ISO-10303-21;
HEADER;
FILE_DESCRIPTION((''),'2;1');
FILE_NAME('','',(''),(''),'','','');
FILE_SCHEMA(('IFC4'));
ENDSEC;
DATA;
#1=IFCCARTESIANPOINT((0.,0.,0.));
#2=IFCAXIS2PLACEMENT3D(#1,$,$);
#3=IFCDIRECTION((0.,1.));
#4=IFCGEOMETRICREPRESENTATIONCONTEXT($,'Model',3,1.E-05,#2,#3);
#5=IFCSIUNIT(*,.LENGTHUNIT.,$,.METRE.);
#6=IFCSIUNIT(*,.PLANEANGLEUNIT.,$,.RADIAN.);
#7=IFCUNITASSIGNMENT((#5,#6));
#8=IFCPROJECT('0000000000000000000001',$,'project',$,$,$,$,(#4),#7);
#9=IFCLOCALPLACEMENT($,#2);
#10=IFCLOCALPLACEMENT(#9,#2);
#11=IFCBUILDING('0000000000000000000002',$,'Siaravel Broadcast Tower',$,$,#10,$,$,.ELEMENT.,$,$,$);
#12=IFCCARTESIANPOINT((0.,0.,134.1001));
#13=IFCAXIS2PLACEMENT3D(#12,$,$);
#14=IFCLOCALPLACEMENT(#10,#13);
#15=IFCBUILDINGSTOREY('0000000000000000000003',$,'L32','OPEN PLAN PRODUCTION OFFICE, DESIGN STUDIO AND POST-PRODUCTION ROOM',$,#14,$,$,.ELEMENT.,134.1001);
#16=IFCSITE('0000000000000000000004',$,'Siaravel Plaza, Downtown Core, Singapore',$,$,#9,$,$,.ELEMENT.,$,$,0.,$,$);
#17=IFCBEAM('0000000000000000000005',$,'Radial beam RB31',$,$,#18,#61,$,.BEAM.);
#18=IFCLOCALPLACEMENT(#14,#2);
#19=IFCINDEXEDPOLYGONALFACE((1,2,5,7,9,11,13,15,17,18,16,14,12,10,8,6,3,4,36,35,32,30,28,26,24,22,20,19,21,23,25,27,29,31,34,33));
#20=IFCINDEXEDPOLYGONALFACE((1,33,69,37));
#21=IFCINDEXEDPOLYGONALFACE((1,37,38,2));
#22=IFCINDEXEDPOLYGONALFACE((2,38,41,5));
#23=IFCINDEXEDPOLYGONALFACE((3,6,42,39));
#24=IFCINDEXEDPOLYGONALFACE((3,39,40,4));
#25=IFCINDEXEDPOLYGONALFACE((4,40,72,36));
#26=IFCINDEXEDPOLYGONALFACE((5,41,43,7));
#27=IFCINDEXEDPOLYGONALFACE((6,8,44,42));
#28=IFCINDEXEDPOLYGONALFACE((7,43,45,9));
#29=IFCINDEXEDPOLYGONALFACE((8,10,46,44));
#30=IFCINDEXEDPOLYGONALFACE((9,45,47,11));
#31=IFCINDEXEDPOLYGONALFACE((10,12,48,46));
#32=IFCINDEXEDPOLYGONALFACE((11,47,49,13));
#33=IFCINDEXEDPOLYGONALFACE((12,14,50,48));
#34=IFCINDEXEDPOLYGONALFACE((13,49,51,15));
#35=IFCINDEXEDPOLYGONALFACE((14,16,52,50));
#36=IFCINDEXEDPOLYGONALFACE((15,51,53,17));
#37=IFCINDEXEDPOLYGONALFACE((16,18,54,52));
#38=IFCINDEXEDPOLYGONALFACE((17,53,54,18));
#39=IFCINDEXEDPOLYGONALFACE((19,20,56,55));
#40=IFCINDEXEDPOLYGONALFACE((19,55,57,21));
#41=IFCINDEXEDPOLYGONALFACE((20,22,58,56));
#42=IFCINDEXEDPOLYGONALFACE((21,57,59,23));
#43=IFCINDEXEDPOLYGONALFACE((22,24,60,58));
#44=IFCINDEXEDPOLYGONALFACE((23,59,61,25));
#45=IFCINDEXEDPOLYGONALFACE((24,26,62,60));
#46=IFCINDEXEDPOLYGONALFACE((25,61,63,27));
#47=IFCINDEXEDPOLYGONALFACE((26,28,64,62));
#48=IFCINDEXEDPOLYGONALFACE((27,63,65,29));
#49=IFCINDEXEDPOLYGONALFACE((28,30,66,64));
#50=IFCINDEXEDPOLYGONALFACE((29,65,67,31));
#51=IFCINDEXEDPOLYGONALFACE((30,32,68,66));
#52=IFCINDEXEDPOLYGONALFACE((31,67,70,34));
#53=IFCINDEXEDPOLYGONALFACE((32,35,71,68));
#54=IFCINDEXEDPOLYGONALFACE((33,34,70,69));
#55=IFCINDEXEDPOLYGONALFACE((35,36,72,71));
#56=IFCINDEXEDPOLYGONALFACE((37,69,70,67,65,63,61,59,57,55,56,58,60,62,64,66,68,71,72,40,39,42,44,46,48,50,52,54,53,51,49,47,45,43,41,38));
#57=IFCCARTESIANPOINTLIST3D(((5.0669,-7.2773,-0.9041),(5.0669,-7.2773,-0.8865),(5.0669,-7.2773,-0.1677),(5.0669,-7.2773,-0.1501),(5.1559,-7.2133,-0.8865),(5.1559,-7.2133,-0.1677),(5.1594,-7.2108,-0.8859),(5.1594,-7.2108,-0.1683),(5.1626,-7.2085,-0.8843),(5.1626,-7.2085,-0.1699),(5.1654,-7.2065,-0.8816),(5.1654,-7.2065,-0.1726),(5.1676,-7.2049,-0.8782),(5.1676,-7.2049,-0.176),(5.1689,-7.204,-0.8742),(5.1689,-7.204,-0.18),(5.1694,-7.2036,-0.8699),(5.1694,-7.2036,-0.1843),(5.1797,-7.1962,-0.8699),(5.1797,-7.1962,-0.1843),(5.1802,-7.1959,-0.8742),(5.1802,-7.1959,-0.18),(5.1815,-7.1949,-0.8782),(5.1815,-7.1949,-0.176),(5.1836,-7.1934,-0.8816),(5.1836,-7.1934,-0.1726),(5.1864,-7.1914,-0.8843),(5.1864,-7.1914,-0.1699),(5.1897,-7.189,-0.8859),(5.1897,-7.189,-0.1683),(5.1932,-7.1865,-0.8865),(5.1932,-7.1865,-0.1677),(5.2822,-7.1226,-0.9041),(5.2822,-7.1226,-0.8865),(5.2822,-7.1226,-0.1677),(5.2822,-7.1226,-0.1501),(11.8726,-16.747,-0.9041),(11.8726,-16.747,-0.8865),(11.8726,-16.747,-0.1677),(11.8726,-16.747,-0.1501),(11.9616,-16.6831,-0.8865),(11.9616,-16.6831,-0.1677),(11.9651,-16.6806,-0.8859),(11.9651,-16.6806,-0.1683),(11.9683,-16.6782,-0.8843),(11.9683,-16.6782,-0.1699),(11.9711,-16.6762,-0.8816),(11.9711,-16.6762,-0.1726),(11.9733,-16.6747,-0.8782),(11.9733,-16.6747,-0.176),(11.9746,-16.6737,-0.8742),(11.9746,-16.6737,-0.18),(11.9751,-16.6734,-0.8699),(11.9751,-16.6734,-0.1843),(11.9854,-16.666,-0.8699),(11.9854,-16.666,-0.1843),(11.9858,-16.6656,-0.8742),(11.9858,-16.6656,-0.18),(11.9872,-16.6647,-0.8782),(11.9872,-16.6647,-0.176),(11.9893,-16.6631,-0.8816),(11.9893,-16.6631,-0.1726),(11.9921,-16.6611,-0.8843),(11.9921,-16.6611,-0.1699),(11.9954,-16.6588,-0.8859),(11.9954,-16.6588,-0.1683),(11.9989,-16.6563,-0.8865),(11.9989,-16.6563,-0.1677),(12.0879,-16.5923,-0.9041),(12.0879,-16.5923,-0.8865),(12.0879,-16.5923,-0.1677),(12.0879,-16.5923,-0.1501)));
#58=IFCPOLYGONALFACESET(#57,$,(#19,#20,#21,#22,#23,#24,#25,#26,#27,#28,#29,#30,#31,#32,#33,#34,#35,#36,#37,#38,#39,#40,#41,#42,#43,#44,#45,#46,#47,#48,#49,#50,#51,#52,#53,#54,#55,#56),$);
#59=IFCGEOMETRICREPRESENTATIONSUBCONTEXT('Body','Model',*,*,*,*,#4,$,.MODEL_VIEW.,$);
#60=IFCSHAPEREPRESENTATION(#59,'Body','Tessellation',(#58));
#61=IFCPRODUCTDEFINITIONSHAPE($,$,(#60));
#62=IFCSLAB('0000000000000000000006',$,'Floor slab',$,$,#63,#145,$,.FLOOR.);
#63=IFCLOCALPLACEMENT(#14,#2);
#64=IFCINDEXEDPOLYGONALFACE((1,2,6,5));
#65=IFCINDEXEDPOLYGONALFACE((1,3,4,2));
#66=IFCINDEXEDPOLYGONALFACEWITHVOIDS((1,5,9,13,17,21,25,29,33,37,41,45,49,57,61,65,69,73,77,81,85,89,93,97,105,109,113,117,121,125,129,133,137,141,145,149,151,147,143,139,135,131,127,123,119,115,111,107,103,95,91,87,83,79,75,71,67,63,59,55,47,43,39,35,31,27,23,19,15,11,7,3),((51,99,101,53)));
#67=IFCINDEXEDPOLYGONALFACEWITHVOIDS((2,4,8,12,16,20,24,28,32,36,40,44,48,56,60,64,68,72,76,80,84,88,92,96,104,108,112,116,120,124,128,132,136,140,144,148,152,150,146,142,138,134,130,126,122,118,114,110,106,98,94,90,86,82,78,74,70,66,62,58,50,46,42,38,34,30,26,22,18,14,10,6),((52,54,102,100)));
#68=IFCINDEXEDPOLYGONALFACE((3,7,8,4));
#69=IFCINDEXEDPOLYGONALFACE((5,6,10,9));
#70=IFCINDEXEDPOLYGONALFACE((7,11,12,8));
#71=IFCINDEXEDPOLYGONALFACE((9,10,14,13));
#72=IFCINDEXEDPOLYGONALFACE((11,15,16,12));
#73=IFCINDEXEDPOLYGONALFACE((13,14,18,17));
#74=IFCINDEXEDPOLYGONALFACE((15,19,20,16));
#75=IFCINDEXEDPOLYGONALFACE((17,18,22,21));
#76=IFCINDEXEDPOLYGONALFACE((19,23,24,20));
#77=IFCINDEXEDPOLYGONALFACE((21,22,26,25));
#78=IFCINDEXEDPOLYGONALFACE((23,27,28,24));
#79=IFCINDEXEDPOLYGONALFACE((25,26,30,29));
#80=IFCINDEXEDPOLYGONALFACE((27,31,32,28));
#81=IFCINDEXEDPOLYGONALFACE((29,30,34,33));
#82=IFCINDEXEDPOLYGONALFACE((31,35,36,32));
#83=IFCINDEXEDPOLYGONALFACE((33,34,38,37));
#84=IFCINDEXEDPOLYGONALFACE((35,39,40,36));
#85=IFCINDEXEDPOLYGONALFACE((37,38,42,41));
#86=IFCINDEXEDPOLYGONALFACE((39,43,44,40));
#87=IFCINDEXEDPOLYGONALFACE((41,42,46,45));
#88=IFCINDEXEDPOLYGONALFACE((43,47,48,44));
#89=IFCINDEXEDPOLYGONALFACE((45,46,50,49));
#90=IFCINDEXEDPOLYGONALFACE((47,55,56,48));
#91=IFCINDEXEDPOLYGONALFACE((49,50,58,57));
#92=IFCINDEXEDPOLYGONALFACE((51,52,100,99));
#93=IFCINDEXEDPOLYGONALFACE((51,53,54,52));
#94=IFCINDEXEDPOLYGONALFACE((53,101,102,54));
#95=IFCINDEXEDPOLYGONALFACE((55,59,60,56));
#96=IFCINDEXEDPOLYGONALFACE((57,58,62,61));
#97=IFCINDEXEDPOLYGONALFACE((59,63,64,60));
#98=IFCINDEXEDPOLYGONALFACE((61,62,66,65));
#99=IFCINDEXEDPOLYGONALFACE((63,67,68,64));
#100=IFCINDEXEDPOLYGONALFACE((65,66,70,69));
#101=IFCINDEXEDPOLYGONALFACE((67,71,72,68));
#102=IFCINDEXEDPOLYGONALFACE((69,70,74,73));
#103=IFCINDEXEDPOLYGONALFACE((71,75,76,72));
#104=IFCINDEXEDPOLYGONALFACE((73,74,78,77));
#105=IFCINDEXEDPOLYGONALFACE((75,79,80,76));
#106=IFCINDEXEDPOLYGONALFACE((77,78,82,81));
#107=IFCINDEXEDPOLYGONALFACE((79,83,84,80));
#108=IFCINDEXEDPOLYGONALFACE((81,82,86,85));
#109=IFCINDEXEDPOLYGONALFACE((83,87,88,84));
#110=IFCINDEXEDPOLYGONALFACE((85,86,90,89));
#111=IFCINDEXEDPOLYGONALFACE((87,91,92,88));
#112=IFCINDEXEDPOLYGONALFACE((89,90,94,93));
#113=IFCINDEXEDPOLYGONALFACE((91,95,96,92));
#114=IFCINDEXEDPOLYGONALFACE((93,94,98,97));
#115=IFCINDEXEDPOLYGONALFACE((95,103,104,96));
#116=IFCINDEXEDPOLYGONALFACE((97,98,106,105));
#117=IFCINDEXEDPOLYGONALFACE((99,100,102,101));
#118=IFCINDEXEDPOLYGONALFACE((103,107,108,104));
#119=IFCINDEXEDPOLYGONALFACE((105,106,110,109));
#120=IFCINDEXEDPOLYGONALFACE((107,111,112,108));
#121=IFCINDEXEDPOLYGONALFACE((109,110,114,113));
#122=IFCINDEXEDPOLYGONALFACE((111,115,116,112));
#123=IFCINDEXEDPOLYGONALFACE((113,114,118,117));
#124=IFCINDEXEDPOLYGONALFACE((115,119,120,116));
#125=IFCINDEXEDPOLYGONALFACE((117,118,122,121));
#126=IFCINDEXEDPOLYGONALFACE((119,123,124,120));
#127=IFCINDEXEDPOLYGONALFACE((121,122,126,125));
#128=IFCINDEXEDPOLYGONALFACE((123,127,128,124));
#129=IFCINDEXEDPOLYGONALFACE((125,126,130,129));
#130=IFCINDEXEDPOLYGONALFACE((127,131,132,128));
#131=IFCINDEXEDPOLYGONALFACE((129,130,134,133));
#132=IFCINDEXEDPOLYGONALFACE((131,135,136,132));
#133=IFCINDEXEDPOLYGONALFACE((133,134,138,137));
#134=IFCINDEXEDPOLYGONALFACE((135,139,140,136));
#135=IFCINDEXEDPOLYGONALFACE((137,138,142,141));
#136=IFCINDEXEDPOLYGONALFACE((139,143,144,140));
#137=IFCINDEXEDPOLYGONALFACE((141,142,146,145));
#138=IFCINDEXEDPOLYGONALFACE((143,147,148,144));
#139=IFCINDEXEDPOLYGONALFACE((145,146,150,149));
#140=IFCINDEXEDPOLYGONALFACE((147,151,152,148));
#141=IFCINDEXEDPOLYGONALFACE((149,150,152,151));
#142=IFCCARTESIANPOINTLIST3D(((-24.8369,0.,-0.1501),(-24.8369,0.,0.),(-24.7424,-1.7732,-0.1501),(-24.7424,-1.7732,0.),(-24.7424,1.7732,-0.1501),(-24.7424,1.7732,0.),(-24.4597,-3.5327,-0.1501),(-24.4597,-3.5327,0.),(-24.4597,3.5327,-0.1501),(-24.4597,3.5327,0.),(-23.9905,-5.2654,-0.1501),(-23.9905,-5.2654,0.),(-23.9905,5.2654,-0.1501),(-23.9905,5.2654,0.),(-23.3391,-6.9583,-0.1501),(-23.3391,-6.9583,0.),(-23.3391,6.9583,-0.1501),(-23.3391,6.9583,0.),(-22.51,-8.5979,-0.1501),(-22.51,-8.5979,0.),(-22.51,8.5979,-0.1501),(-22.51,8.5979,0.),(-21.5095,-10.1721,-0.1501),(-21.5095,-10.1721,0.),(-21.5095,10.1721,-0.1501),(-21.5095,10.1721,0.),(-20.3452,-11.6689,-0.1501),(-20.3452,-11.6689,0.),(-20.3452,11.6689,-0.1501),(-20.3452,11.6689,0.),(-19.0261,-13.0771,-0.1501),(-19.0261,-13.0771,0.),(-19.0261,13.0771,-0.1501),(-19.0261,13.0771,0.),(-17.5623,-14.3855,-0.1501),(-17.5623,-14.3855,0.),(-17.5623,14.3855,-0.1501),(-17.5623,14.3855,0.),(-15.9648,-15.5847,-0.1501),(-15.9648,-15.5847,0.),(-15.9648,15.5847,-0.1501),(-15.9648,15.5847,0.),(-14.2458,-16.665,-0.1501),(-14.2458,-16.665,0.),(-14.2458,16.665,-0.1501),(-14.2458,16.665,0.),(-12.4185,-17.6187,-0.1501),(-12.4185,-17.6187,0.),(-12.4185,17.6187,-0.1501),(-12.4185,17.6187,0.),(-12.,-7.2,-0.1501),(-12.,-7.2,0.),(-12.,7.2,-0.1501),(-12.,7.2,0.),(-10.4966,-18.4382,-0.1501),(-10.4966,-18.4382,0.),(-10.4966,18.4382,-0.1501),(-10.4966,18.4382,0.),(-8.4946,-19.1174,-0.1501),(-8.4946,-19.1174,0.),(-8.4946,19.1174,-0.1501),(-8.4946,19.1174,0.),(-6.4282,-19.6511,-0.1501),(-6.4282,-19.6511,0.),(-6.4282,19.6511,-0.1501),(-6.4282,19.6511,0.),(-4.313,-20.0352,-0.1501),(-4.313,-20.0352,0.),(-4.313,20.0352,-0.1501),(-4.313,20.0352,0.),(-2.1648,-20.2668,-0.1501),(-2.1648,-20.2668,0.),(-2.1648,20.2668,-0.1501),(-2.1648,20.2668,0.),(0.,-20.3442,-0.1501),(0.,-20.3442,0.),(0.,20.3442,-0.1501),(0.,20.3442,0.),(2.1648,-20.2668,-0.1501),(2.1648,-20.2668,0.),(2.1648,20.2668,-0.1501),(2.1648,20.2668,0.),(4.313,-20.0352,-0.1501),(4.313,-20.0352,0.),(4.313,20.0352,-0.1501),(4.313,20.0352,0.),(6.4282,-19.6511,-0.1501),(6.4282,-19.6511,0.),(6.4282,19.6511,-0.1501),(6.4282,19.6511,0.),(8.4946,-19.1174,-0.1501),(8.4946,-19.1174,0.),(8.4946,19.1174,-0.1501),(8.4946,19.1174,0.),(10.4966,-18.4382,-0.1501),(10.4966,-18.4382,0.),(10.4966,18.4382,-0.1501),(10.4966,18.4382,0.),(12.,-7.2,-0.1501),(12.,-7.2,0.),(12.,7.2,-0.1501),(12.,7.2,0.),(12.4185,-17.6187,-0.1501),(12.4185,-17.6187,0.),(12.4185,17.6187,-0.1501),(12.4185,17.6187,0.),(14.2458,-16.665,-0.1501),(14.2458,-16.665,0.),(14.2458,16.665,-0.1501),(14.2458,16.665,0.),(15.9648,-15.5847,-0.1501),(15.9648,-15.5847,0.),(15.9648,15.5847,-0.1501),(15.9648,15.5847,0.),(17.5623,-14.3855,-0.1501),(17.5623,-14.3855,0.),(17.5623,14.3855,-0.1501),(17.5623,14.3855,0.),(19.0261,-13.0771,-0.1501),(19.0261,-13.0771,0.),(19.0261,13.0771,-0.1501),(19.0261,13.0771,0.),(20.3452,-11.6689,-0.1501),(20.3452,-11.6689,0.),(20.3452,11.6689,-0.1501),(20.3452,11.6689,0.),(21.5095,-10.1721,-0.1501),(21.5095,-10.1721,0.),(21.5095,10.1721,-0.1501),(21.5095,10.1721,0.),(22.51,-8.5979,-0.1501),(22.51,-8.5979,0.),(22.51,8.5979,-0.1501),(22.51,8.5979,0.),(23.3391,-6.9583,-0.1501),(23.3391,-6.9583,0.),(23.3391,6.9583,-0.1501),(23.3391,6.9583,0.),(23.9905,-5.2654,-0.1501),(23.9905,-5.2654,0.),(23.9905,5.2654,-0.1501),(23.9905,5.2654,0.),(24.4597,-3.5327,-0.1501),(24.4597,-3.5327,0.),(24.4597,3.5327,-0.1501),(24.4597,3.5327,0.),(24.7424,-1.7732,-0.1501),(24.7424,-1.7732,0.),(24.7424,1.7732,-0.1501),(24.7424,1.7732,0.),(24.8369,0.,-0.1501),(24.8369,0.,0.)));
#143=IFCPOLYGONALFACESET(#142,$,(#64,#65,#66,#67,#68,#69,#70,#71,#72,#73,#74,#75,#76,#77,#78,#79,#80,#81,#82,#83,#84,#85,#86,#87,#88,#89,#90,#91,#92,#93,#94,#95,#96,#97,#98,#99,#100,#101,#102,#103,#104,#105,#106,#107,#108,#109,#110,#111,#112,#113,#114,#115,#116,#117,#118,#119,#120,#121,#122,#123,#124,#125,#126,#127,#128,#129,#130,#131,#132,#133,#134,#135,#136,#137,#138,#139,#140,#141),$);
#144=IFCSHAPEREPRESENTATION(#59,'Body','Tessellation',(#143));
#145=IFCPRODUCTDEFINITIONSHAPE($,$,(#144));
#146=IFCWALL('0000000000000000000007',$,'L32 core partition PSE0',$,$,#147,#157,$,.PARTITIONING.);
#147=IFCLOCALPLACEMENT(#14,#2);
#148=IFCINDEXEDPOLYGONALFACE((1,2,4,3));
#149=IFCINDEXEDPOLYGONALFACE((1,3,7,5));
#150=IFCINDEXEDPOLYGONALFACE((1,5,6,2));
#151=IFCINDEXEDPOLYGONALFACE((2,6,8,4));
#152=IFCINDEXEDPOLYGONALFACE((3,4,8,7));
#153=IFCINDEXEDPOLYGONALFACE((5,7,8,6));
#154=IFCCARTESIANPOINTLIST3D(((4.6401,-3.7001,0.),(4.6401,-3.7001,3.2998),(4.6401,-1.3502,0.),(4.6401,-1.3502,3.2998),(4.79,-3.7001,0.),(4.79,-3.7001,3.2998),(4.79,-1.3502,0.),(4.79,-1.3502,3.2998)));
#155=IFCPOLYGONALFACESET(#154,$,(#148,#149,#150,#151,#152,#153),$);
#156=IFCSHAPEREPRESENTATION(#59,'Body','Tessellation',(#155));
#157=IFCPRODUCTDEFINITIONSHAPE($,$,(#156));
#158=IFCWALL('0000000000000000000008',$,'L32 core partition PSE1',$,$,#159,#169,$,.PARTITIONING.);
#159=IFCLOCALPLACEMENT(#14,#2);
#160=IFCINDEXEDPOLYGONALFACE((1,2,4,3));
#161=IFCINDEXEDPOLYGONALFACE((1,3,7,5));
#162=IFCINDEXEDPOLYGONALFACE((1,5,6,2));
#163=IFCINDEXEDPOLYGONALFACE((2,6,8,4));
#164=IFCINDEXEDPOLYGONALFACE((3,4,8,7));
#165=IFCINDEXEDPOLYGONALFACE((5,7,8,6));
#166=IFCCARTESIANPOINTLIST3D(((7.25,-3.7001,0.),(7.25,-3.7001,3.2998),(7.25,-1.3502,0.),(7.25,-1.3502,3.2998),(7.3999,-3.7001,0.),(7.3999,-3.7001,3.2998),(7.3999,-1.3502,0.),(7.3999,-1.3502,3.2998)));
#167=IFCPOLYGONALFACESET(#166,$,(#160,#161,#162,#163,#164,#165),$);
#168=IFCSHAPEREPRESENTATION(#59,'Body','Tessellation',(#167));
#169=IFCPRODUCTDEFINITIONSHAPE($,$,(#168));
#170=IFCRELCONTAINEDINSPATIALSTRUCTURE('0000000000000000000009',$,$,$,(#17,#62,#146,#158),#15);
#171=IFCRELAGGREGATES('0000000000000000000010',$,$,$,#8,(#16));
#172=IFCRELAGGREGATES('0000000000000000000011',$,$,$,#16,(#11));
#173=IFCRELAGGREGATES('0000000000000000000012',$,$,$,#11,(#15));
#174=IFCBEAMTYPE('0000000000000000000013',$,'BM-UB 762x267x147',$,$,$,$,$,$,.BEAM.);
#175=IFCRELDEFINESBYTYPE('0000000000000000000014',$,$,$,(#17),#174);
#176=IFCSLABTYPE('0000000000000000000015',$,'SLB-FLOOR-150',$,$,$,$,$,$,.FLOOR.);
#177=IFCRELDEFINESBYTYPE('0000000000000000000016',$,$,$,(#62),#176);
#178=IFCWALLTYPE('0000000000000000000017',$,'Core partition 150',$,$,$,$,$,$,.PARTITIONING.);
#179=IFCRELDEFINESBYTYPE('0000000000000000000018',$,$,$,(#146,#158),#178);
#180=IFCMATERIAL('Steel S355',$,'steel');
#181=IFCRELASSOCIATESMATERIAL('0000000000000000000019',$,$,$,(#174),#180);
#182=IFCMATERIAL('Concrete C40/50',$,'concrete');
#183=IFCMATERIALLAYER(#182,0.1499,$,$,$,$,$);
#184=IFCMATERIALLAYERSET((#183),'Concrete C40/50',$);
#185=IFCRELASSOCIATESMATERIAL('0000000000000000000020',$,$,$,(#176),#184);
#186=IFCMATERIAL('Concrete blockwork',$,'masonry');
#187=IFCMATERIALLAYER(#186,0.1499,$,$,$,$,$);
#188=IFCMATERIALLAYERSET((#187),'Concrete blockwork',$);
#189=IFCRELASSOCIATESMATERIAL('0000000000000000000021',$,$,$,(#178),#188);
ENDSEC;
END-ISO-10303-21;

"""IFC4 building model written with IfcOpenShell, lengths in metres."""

from ifc_helpers import new_model, si_unit, direction, frame, frame_2d, origin, origin_2d, place, context, subcontext, project, spatial, polyline, rectangle, i_section, outline, extrude, material, layer, layer_set, material_profile, profile_set, type_object, element, save


model = new_model("IFC4")

# Units and contexts
model_context = context("Model", 3, precision=1e-05, world=origin(), true_north=direction((0.0, 1.0)))
body_context = subcontext(model_context, "Body", "Model", "MODEL_VIEW")
ifc_project = project(units=[si_unit("LENGTHUNIT", "METRE"), si_unit("PLANEANGLEUNIT", "RADIAN")], contexts=[model_context])

# Site, building, storey
site_placement = place(None, origin())
site = spatial("IfcSite", under=ifc_project, at=site_placement, Name="Siaravel Plaza, Downtown Core, Singapore", CompositionType="ELEMENT", RefElevation=0.0)
building_placement = place(site_placement, origin())
building = spatial("IfcBuilding", under=site, at=building_placement, Name="Siaravel Broadcast Tower", CompositionType="ELEMENT")
storey_placement = place(building_placement, frame((0.0, 0.0, 134.1001)))
storey = spatial("IfcBuildingStorey", under=building, at=storey_placement, Name="L32", Description="OPEN PLAN PRODUCTION OFFICE, DESIGN STUDIO AND POST-PRODUCTION ROOM", CompositionType="ELEMENT", Elevation=134.1001)

# Beam
ifc_material_1 = material(Name="Steel S355", Category="steel")
ifc_material_profile = material_profile(ifc_material_1, i_section(OverallWidth=0.2651, OverallDepth=0.7539, WebThickness=0.0127, FlangeThickness=0.0176, FilletRadius=0.0166, at=origin_2d()))
ifc_profile_set = profile_set([ifc_material_profile], Name="Steel S355")
beam_type = type_object("IfcBeamType", Name="BM-UB 762x267x147", PredefinedType="BEAM", material=ifc_profile_set)
beam_placement = place(storey_placement, frame((11.9802, -16.6697, -0.5271), z_axis=(-0.583596, 0.812044, 0.0), x_axis=(-0.812044, -0.583596, 0.0)))
element("IfcBeam", 1, at=beam_placement, inside=storey, type_object=beam_type, Name="Radial beam RB31", PredefinedType="BEAM", context=body_context, shape_type="SweptSolid", body=[
    extrude(i_section(OverallWidth=0.2651, OverallDepth=0.7539, WebThickness=0.0127, FlangeThickness=0.0176, FilletRadius=0.0166, at=origin_2d()), origin(), (0.0, 0.0, 1.0), 11.6616),
])

# Slab
ifc_material_2 = material(Name="Concrete C40/50", Category="concrete")
ifc_layer_1 = layer(ifc_material_2, 0.1499)
ifc_layer_set_1 = layer_set([ifc_layer_1], Name="Concrete C40/50")
slab_type = type_object("IfcSlabType", Name="SLB-FLOOR-150", PredefinedType="FLOOR", material=ifc_layer_set_1)
slab_placement = place(storey_placement, frame((0.0, 0.0, -0.1501)))
element("IfcSlab", 2, at=slab_placement, inside=storey, type_object=slab_type, Name="Floor slab", PredefinedType="FLOOR", context=body_context, shape_type="SweptSolid", body=[
    extrude(outline(polyline([(24.8369, 0.0), (24.7424, 1.7732), (24.4597, 3.5327), (23.9905, 5.2654), (23.3391, 6.9583), (22.51, 8.5979), (21.5095, 10.1721), (20.3452, 11.6689), (19.0261, 13.0771), (17.5623, 14.3855), (15.9648, 15.5847), (14.2458, 16.665), (12.4185, 17.6187), (10.4966, 18.4382), (8.4946, 19.1174), (6.4282, 19.6511), (4.313, 20.0352), (2.1648, 20.2668), (0.0, 20.3442), (-2.1648, 20.2668), (-4.313, 20.0352), (-6.4282, 19.6511), (-8.4946, 19.1174), (-10.4966, 18.4382), (-12.4185, 17.6187), (-14.2458, 16.665), (-15.9648, 15.5847), (-17.5623, 14.3855), (-19.0261, 13.0771), (-20.3452, 11.6689), (-21.5095, 10.1721), (-22.51, 8.5979), (-23.3391, 6.9583), (-23.9905, 5.2654), (-24.4597, 3.5327), (-24.7424, 1.7732), (-24.8369, 0.0), (-24.7424, -1.7732), (-24.4597, -3.5327), (-23.9905, -5.2654), (-23.3391, -6.9583), (-22.51, -8.5979), (-21.5095, -10.1721), (-20.3452, -11.6689), (-19.0261, -13.0771), (-17.5623, -14.3855), (-15.9648, -15.5847), (-14.2458, -16.665), (-12.4185, -17.6187), (-10.4966, -18.4382), (-8.4946, -19.1174), (-6.4282, -19.6511), (-4.313, -20.0352), (-2.1648, -20.2668), (0.0, -20.3442), (2.1648, -20.2668), (4.313, -20.0352), (6.4282, -19.6511), (8.4946, -19.1174), (10.4966, -18.4382), (12.4185, -17.6187), (14.2458, -16.665), (15.9648, -15.5847), (17.5623, -14.3855), (19.0261, -13.0771), (20.3452, -11.6689), (21.5095, -10.1721), (22.51, -8.5979), (23.3391, -6.9583), (23.9905, -5.2654), (24.4597, -3.5327), (24.7424, -1.7732), (24.8369, 0.0)]), holes=[polyline([(-12.0, 7.2), (12.0, 7.2), (12.0, -7.2), (-12.0, -7.2), (-12.0, 7.2)])]), origin(), (0.0, 0.0, 1.0), 0.1501),
])

# Walls
ifc_material_3 = material(Name="Concrete blockwork", Category="masonry")
ifc_layer_2 = layer(ifc_material_3, 0.1499)
ifc_layer_set_2 = layer_set([ifc_layer_2], Name="Concrete blockwork")
wall_type_1 = type_object("IfcWallType", Name="Core partition 150", PredefinedType="PARTITIONING", material=ifc_layer_set_2)
for number, where, z_axis, x_axis, name in (
    (3, (4.7151, -3.7, 0.0), (0.0, 0.0, 1.0), (0.0, 1.0, 0.0), "L32 core partition PSE0"),
    (4, (7.325, -3.7, 0.0), (0.0, 0.0, 1.0), (0.0, 1.0, 0.0), "L32 core partition PSE1"),
):
    element("IfcWall", number, at=place(storey_placement, frame(where, z_axis=z_axis, x_axis=x_axis)), inside=storey, type_object=wall_type_1, Name=name, PredefinedType="PARTITIONING", context=body_context, shape_type="SweptSolid", body=[
        extrude(rectangle(XDim=2.3499, YDim=0.1499, at=frame_2d((1.1748, 0.0))), origin(), (0.0, 0.0, 1.0), 3.2998),
    ])

save(model, "model.ifc")
